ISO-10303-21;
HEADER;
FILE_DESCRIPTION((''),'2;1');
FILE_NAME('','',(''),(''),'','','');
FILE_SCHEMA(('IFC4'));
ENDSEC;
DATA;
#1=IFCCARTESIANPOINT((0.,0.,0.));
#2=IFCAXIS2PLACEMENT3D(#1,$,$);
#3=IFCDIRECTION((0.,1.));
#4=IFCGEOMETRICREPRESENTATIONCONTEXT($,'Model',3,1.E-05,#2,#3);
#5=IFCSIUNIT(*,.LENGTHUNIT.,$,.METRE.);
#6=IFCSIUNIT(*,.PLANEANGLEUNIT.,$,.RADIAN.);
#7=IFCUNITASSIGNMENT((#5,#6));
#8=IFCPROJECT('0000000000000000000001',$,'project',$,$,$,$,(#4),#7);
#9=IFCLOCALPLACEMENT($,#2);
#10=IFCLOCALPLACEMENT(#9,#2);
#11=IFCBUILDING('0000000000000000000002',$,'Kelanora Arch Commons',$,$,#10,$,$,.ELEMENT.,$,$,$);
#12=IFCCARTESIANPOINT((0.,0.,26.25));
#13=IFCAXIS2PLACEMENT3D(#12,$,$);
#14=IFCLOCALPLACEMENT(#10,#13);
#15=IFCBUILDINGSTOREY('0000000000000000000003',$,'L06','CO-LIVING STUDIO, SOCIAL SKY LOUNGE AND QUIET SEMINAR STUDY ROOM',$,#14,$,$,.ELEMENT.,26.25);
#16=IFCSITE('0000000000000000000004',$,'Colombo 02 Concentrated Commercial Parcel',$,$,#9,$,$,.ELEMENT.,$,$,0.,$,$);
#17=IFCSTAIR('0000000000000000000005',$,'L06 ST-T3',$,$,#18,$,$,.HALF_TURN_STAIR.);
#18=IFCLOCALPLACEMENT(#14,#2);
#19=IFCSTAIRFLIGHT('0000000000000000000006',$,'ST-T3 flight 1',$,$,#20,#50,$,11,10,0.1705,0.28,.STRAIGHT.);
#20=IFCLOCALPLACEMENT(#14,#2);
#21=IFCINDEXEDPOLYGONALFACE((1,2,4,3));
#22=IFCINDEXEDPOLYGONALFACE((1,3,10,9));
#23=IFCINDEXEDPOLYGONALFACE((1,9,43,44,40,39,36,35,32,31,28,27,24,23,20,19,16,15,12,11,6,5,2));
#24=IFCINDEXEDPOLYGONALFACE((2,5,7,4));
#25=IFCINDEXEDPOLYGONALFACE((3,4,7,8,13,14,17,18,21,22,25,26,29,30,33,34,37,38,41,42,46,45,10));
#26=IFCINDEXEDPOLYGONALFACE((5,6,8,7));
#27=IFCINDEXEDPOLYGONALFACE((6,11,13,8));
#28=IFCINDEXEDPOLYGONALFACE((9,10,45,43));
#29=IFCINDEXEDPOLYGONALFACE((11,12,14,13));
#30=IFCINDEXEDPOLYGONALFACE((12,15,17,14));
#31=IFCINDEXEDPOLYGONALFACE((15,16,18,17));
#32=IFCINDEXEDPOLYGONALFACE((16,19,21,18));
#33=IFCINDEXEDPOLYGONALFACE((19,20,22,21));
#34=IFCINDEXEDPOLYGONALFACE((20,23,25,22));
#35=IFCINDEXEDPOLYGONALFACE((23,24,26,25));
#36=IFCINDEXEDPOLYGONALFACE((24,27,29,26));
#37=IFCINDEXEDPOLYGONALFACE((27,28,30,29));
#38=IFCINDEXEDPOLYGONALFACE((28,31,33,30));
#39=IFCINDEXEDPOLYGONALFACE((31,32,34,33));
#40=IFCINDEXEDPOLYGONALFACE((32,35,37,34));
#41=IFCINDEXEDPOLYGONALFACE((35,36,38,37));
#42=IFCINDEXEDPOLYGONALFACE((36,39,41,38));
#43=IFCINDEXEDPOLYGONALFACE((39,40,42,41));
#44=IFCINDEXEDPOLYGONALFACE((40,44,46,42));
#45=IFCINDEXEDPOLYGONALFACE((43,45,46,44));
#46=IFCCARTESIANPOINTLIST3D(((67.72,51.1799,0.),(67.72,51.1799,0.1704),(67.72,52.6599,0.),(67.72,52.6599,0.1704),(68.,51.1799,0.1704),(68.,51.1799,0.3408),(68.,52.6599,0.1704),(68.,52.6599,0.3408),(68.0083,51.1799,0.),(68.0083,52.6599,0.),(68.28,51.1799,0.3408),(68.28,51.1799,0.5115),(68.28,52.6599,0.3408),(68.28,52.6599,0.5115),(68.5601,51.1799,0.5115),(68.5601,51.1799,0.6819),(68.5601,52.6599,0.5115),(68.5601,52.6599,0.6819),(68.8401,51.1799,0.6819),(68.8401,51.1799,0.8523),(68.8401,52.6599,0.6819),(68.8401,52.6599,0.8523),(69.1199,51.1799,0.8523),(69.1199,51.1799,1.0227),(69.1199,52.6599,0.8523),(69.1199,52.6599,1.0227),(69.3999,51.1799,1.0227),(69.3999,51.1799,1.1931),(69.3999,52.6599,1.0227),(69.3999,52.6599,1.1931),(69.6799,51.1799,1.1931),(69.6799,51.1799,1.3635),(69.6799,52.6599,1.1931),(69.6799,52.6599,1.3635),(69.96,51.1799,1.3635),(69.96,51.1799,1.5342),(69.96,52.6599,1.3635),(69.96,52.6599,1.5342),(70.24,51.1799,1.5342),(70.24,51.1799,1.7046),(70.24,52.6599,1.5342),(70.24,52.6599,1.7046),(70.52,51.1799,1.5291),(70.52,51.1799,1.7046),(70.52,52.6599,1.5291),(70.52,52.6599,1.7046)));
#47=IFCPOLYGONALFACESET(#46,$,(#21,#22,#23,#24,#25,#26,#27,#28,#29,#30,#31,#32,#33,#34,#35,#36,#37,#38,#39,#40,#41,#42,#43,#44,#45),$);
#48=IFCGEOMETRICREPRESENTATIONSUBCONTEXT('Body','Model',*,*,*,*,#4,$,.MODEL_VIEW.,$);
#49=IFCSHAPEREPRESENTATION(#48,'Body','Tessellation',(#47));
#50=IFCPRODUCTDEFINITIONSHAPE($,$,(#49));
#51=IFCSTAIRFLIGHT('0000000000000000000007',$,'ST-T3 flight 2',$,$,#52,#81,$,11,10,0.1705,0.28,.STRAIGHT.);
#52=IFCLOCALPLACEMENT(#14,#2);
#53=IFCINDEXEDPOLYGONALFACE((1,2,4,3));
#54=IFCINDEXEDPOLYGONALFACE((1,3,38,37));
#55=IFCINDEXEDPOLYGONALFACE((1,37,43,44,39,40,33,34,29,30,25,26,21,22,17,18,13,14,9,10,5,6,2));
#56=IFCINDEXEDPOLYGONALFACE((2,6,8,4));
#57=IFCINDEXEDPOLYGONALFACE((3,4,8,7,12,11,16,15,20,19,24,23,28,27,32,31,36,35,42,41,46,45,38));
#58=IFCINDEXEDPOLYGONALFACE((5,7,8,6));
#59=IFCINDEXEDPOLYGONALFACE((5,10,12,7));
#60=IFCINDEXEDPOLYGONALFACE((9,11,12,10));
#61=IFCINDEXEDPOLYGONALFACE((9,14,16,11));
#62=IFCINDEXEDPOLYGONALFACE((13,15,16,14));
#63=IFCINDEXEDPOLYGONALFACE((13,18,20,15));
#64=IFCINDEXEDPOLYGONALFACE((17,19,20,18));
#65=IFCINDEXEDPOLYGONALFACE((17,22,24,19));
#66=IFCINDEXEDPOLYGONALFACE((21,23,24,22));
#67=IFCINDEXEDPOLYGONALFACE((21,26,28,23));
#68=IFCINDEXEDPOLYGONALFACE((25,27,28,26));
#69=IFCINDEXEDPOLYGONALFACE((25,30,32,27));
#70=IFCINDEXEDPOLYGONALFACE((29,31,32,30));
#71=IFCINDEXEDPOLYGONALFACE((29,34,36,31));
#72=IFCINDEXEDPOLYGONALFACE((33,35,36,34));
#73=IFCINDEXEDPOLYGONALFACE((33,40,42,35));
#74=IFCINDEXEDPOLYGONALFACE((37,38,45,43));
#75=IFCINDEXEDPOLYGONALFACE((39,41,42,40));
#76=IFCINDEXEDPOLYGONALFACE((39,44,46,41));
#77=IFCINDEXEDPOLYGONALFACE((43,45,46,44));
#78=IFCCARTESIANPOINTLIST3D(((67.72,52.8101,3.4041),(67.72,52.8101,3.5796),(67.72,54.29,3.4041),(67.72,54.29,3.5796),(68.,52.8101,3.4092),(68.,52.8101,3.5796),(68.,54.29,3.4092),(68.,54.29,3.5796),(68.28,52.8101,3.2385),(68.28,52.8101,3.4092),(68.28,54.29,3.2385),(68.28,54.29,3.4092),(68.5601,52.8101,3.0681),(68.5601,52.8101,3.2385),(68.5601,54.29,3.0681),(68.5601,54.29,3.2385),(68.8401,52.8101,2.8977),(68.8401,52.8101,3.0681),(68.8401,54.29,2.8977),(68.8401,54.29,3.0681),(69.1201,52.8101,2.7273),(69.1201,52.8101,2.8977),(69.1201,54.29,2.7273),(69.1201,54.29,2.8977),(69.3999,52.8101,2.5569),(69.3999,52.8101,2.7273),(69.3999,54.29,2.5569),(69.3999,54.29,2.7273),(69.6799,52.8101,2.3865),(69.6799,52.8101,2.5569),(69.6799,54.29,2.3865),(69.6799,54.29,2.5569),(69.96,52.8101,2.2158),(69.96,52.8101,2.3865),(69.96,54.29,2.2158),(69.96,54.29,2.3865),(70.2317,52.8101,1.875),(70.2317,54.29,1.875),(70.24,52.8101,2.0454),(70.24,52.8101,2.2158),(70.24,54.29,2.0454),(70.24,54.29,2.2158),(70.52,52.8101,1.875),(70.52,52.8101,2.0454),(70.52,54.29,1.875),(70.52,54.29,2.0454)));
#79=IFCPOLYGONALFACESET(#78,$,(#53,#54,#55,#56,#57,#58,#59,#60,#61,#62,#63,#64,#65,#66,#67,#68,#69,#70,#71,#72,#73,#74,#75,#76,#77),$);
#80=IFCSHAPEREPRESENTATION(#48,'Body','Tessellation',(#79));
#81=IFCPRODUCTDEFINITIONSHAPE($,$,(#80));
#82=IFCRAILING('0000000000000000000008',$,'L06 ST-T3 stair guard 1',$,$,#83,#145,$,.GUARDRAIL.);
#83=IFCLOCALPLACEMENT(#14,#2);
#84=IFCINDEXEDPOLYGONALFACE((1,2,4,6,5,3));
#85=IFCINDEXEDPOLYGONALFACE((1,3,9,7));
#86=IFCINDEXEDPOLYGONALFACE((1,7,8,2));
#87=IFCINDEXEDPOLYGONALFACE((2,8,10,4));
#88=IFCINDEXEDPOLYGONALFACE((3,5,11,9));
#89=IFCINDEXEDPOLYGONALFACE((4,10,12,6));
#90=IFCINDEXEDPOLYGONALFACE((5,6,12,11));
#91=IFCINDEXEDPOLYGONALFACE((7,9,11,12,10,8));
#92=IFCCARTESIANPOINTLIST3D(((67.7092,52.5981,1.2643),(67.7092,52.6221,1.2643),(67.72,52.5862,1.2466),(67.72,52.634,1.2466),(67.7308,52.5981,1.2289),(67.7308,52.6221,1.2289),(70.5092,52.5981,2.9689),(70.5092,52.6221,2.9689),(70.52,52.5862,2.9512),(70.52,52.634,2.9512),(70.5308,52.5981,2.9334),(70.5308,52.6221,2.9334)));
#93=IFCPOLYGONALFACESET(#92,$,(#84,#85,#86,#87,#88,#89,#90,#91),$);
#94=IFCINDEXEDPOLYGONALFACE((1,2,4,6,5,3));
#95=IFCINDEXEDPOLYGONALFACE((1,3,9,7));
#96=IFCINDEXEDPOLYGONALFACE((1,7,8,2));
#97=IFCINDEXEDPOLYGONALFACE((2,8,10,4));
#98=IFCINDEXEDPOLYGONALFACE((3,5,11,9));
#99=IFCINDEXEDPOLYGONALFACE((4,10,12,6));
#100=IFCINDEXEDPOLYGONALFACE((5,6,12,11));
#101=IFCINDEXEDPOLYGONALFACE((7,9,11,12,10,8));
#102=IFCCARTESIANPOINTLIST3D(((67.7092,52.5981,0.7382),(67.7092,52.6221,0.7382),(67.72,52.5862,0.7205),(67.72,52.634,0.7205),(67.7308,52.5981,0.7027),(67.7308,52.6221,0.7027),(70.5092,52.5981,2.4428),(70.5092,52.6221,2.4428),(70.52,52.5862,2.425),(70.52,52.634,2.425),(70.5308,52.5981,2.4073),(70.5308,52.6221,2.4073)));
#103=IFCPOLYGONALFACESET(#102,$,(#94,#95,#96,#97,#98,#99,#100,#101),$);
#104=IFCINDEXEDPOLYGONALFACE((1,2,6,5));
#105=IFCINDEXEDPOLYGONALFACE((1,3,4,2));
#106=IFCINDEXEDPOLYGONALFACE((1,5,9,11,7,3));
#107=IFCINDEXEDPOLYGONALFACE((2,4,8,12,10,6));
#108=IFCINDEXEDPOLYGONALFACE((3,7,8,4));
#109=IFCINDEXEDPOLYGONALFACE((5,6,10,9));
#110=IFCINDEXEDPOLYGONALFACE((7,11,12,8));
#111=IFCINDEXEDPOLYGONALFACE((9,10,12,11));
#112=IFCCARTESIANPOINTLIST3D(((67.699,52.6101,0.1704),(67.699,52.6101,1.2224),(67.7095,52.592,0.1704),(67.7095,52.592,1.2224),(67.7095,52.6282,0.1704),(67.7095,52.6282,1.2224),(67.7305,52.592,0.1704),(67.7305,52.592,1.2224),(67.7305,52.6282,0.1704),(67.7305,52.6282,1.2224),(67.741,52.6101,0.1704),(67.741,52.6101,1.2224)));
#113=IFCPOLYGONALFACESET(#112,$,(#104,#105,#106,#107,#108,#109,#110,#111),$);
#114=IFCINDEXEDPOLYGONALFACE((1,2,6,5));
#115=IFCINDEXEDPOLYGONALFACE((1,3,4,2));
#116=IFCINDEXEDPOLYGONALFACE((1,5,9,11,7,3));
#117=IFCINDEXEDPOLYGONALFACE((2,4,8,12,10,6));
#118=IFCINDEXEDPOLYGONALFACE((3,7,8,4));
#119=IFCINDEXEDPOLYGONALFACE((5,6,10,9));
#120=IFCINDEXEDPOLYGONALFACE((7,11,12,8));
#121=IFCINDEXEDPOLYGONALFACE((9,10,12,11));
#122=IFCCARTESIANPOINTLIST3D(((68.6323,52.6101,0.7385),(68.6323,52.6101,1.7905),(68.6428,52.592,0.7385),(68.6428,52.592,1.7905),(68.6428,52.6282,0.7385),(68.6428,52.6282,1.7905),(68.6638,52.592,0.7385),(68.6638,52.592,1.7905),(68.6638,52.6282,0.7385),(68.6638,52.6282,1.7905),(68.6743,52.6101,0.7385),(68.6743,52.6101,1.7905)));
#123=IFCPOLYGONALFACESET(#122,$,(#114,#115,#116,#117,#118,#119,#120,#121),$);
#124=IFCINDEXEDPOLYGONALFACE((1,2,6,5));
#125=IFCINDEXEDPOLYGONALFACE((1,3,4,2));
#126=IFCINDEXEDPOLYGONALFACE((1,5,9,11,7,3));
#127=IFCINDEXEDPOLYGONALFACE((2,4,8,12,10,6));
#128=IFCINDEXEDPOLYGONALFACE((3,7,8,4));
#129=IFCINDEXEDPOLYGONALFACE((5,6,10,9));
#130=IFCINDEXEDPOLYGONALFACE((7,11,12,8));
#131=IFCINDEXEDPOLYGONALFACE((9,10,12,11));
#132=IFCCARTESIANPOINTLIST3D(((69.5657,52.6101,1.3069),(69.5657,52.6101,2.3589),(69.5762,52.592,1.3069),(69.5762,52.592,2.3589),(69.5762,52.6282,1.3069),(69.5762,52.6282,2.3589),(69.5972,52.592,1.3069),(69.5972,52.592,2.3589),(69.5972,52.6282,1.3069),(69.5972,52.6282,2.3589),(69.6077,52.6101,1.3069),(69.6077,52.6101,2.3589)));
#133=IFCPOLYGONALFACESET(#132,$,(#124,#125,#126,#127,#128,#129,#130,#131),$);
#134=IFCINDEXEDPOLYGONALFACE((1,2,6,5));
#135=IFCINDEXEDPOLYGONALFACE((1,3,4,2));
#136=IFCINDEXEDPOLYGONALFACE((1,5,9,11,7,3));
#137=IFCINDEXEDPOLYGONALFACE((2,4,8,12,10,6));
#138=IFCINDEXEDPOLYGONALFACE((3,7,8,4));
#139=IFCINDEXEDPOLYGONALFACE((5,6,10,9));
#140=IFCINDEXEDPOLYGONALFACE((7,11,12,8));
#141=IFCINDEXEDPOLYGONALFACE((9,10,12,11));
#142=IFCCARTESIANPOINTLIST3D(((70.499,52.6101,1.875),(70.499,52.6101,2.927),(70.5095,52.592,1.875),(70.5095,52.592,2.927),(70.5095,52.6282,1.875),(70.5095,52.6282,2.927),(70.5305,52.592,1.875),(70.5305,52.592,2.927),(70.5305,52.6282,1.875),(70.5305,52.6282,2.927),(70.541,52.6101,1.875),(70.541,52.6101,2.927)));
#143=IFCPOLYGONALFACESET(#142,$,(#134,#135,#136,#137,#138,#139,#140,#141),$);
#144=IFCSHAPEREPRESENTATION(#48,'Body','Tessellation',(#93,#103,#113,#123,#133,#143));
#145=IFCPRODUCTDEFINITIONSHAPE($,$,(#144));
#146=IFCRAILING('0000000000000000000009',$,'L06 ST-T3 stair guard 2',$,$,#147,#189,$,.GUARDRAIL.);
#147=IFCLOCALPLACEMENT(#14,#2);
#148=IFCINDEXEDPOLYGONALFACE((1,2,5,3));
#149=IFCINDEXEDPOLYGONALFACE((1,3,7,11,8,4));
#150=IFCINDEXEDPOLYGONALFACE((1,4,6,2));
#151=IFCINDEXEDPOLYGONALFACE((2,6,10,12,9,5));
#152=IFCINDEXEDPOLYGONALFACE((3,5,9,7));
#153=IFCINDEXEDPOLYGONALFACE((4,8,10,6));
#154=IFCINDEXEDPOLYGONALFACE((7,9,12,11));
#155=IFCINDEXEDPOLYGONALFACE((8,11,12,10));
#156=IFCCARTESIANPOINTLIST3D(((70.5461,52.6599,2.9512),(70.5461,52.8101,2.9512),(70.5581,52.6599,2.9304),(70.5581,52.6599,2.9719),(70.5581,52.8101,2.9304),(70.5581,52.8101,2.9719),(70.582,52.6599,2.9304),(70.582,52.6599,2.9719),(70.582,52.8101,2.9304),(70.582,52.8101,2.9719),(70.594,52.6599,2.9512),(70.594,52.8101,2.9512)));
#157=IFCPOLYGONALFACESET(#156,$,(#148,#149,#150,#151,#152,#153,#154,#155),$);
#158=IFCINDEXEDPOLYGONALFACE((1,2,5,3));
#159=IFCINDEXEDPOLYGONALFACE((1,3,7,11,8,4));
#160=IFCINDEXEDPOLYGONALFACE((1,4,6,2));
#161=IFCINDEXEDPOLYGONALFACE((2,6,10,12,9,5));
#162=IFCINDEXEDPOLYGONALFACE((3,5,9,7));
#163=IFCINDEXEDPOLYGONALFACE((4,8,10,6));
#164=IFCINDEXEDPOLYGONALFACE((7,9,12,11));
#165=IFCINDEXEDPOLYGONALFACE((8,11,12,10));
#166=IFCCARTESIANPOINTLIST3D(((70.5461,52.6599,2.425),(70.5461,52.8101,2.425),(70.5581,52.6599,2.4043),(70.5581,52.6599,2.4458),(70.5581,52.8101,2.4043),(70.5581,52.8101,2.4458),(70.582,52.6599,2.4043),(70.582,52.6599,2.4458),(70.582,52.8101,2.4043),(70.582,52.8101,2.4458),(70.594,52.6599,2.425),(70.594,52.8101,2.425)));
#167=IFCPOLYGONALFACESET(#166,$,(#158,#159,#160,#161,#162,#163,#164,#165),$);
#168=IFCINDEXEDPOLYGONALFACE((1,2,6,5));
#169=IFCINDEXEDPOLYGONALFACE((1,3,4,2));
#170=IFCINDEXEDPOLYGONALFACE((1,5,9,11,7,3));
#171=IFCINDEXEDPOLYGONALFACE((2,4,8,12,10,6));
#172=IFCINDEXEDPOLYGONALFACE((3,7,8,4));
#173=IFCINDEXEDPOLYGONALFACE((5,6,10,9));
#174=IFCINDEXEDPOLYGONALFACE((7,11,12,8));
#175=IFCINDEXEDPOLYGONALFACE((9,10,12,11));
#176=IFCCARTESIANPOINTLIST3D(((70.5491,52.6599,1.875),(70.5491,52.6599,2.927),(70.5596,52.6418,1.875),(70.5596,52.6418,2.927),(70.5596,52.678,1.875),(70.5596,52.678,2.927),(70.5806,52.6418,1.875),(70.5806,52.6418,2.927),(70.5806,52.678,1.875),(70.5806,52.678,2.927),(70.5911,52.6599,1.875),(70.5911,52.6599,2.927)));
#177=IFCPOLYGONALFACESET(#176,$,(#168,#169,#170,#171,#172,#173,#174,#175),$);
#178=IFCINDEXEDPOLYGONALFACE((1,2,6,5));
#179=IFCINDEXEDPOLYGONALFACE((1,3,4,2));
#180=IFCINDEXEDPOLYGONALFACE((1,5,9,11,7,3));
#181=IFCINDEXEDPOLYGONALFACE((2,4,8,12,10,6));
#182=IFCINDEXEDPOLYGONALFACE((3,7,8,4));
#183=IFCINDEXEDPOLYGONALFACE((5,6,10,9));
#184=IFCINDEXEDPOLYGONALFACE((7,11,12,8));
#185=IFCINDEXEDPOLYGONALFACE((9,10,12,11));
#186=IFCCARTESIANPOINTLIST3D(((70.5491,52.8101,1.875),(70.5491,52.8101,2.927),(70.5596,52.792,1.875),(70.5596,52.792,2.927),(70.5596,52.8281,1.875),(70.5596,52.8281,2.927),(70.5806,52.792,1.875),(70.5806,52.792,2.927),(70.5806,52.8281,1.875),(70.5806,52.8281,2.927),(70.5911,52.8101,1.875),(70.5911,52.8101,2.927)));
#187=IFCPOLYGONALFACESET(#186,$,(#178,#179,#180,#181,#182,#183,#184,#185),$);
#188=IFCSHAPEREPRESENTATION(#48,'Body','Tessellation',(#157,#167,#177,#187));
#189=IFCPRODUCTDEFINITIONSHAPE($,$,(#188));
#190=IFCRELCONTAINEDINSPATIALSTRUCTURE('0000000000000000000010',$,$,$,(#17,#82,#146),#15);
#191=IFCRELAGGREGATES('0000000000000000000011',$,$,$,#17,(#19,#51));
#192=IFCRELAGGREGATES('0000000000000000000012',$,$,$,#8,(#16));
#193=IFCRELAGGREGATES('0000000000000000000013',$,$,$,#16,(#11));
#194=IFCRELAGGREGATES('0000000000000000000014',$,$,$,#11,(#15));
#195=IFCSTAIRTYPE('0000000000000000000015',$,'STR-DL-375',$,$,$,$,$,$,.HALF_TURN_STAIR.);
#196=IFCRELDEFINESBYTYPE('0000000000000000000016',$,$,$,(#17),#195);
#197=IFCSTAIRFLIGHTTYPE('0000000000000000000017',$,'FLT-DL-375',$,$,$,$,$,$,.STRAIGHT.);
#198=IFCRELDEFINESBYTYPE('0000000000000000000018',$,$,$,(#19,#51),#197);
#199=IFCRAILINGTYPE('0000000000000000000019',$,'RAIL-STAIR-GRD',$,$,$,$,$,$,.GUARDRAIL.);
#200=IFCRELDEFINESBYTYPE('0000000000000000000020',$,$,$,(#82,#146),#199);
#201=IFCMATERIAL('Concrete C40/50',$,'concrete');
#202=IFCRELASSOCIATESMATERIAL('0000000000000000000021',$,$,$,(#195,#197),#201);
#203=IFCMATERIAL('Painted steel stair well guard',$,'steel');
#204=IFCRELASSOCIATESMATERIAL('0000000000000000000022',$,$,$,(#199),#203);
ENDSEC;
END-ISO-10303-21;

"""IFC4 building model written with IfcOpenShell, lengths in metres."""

from ifc_helpers import new_model, si_unit, direction, frame, origin, place, context, subcontext, project, spatial, polyline, outline, extrude, material, type_object, element, aggregate, save


model = new_model("IFC4")

# Units and contexts
model_context = context("Model", 3, precision=1e-05, world=origin(), true_north=direction((0.0, 1.0)))
body_context = subcontext(model_context, "Body", "Model", "MODEL_VIEW")
ifc_project = project(units=[si_unit("LENGTHUNIT", "METRE"), si_unit("PLANEANGLEUNIT", "RADIAN")], contexts=[model_context])

# Site, building, storey
site_placement = place(None, origin())
site = spatial("IfcSite", under=ifc_project, at=site_placement, Name="Colombo 02 Concentrated Commercial Parcel", CompositionType="ELEMENT", RefElevation=0.0)
building_placement = place(site_placement, origin())
building = spatial("IfcBuilding", under=site, at=building_placement, Name="Kelanora Arch Commons", CompositionType="ELEMENT")
storey_placement = place(building_placement, frame((0.0, 0.0, 26.25)))
storey = spatial("IfcBuildingStorey", under=building, at=storey_placement, Name="L06", Description="CO-LIVING STUDIO, SOCIAL SKY LOUNGE AND QUIET SEMINAR STUDY ROOM", CompositionType="ELEMENT", Elevation=26.25)

# Shared definitions
ifc_material_1 = material(Name="Concrete C40/50", Category="concrete")

# Stair, stair flights
stair_type = type_object("IfcStairType", Name="STR-DL-375", PredefinedType="HALF_TURN_STAIR", material=ifc_material_1)
stair_placement = place(storey_placement, origin())
stair = element("IfcStair", 1, at=stair_placement, inside=storey, type_object=stair_type, Name="L06 ST-T3", PredefinedType="HALF_TURN_STAIR")
stair_flight_type = type_object("IfcStairFlightType", Name="FLT-DL-375", PredefinedType="STRAIGHT", material=ifc_material_1)
stair_flight_1_placement = place(storey_placement, frame((67.72, 51.9199, 0.0), z_axis=(0.0, 0.0, 1.0), x_axis=(1.0, 0.0, 0.0)))
stair_flight_1 = element("IfcStairFlight", 2, at=stair_flight_1_placement, type_object=stair_flight_type, Name="ST-T3 flight 1", NumberOfRisers=11, NumberOfTreads=10, PredefinedType="STRAIGHT", RiserHeight=0.1705, TreadLength=0.28, context=body_context, shape_type="SweptSolid", body=[
    extrude(outline(polyline([(0.0, 0.0), (0.0, 0.1704), (0.28, 0.1704), (0.28, 0.3408), (0.5601, 0.3408), (0.5601, 0.5115), (0.8401, 0.5115), (0.8401, 0.6819), (1.1201, 0.6819), (1.1201, 0.8523), (1.3999, 0.8523), (1.3999, 1.0227), (1.6799, 1.0227), (1.6799, 1.1931), (1.96, 1.1931), (1.96, 1.3635), (2.24, 1.3635), (2.24, 1.5342), (2.52, 1.5342), (2.52, 1.7046), (2.8, 1.7046), (2.8, 1.875), (2.8, 1.5291), (0.2883, 0.0), (0.0, 0.0)])), frame((0.0, 0.74, 0.0), z_axis=(0.0, -1.0, 0.0), x_axis=(1.0, 0.0, 0.0)), (0.0, 0.0, 1.0), 1.48),
])
stair_flight_2_placement = place(storey_placement, frame((70.52, 53.55, 1.875), z_axis=(0.0, 0.0, 1.0), x_axis=(-1.0, 0.0, 0.0)))
stair_flight_2 = element("IfcStairFlight", 3, at=stair_flight_2_placement, type_object=stair_flight_type, Name="ST-T3 flight 2", NumberOfRisers=11, NumberOfTreads=10, PredefinedType="STRAIGHT", RiserHeight=0.1705, TreadLength=0.28, context=body_context, shape_type="SweptSolid", body=[
    extrude(outline(polyline([(0.0, 0.0), (0.0, 0.1704), (0.28, 0.1704), (0.28, 0.3408), (0.5601, 0.3408), (0.5601, 0.5115), (0.8401, 0.5115), (0.8401, 0.6819), (1.1201, 0.6819), (1.1201, 0.8523), (1.3999, 0.8523), (1.3999, 1.0227), (1.6799, 1.0227), (1.6799, 1.1931), (1.96, 1.1931), (1.96, 1.3635), (2.24, 1.3635), (2.24, 1.5342), (2.52, 1.5342), (2.52, 1.7046), (2.8, 1.7046), (2.8, 1.875), (2.8, 1.5291), (0.2883, 0.0), (0.0, 0.0)])), frame((0.0, 0.74, 0.0), z_axis=(0.0, -1.0, 0.0), x_axis=(1.0, 0.0, 0.0)), (0.0, 0.0, 1.0), 1.48),
])
aggregate(stair, [stair_flight_1, stair_flight_2])

# Railings
ifc_material_2 = material(Name="Painted steel stair well guard", Category="steel")
railing_type_1 = type_object("IfcRailingType", Name="RAIL-STAIR-GRD", PredefinedType="GUARDRAIL", material=ifc_material_2)
railing_1_placement = place(storey_placement, frame((67.72, 52.6101, 0.1704)))
element("IfcRailing", 4, at=railing_1_placement, inside=storey, type_object=railing_type_1, Name="L06 ST-T3 stair guard 1", PredefinedType="GUARDRAIL", context=body_context, shape_type="SweptSolid", body=[
    extrude(outline(polyline([(0.0239, 0.0), (0.012, 0.0208), (-0.012, 0.0208), (-0.0239, 0.0), (-0.012, -0.0208), (0.012, -0.0208), (0.0239, 0.0)])), frame((0.0, 0.0, 1.0762), z_axis=(0.85417, 0.0, 0.519994), x_axis=(0.0, 1.0, 0.0)), (0.0, 0.0, 1.0), 3.2781),
    extrude(outline(polyline([(0.0239, 0.0), (0.012, 0.0208), (-0.012, 0.0208), (-0.0239, 0.0), (-0.012, -0.0208), (0.012, -0.0208), (0.0239, 0.0)])), frame((0.0, 0.0, 0.55), z_axis=(0.85417, 0.0, 0.519994), x_axis=(0.0, 1.0, 0.0)), (0.0, 0.0, 1.0), 3.2781),
    extrude(outline(polyline([(0.021, 0.0), (0.0105, 0.0181), (-0.0105, 0.0181), (-0.021, 0.0), (-0.0105, -0.0181), (0.0105, -0.0181), (0.021, 0.0)])), origin(), (0.0, 0.0, 1.0), 1.052),
    extrude(outline(polyline([(0.021, 0.0), (0.0105, 0.0181), (-0.0105, 0.0181), (-0.021, 0.0), (-0.0105, -0.0181), (0.0105, -0.0181), (0.021, 0.0)])), frame((0.9333, 0.0, 0.5681)), (0.0, 0.0, 1.0), 1.052),
    extrude(outline(polyline([(0.021, 0.0), (0.0105, 0.0181), (-0.0105, 0.0181), (-0.021, 0.0), (-0.0105, -0.0181), (0.0105, -0.0181), (0.021, 0.0)])), frame((1.8667, 0.0, 1.1365)), (0.0, 0.0, 1.0), 1.052),
    extrude(outline(polyline([(0.021, 0.0), (0.0105, 0.0181), (-0.0105, 0.0181), (-0.021, 0.0), (-0.0105, -0.0181), (0.0105, -0.0181), (0.021, 0.0)])), frame((2.8, 0.0, 1.7046)), (0.0, 0.0, 1.0), 1.052),
])
railing_2_placement = place(storey_placement, frame((70.5701, 52.6599, 1.875)))
element("IfcRailing", 5, at=railing_2_placement, inside=storey, type_object=railing_type_1, Name="L06 ST-T3 stair guard 2", PredefinedType="GUARDRAIL", context=body_context, shape_type="SweptSolid", body=[
    extrude(outline(polyline([(0.0239, 0.0), (0.012, 0.0208), (-0.012, 0.0208), (-0.0239, 0.0), (-0.012, -0.0208), (0.012, -0.0208), (0.0239, 0.0)])), frame((0.0, 0.0, 1.0762), z_axis=(0.0, 1.0, 0.0), x_axis=(-1.0, 0.0, 0.0)), (0.0, 0.0, 1.0), 0.1501),
    extrude(outline(polyline([(0.0239, 0.0), (0.012, 0.0208), (-0.012, 0.0208), (-0.0239, 0.0), (-0.012, -0.0208), (0.012, -0.0208), (0.0239, 0.0)])), frame((0.0, 0.0, 0.55), z_axis=(0.0, 1.0, 0.0), x_axis=(-1.0, 0.0, 0.0)), (0.0, 0.0, 1.0), 0.1501),
    extrude(outline(polyline([(0.021, 0.0), (0.0105, 0.0181), (-0.0105, 0.0181), (-0.021, 0.0), (-0.0105, -0.0181), (0.0105, -0.0181), (0.021, 0.0)])), origin(), (0.0, 0.0, 1.0), 1.052),
    extrude(outline(polyline([(0.021, 0.0), (0.0105, 0.0181), (-0.0105, 0.0181), (-0.021, 0.0), (-0.0105, -0.0181), (0.0105, -0.0181), (0.021, 0.0)])), frame((0.0, 0.1501, 0.0)), (0.0, 0.0, 1.0), 1.052),
])

save(model, "model.ifc")
